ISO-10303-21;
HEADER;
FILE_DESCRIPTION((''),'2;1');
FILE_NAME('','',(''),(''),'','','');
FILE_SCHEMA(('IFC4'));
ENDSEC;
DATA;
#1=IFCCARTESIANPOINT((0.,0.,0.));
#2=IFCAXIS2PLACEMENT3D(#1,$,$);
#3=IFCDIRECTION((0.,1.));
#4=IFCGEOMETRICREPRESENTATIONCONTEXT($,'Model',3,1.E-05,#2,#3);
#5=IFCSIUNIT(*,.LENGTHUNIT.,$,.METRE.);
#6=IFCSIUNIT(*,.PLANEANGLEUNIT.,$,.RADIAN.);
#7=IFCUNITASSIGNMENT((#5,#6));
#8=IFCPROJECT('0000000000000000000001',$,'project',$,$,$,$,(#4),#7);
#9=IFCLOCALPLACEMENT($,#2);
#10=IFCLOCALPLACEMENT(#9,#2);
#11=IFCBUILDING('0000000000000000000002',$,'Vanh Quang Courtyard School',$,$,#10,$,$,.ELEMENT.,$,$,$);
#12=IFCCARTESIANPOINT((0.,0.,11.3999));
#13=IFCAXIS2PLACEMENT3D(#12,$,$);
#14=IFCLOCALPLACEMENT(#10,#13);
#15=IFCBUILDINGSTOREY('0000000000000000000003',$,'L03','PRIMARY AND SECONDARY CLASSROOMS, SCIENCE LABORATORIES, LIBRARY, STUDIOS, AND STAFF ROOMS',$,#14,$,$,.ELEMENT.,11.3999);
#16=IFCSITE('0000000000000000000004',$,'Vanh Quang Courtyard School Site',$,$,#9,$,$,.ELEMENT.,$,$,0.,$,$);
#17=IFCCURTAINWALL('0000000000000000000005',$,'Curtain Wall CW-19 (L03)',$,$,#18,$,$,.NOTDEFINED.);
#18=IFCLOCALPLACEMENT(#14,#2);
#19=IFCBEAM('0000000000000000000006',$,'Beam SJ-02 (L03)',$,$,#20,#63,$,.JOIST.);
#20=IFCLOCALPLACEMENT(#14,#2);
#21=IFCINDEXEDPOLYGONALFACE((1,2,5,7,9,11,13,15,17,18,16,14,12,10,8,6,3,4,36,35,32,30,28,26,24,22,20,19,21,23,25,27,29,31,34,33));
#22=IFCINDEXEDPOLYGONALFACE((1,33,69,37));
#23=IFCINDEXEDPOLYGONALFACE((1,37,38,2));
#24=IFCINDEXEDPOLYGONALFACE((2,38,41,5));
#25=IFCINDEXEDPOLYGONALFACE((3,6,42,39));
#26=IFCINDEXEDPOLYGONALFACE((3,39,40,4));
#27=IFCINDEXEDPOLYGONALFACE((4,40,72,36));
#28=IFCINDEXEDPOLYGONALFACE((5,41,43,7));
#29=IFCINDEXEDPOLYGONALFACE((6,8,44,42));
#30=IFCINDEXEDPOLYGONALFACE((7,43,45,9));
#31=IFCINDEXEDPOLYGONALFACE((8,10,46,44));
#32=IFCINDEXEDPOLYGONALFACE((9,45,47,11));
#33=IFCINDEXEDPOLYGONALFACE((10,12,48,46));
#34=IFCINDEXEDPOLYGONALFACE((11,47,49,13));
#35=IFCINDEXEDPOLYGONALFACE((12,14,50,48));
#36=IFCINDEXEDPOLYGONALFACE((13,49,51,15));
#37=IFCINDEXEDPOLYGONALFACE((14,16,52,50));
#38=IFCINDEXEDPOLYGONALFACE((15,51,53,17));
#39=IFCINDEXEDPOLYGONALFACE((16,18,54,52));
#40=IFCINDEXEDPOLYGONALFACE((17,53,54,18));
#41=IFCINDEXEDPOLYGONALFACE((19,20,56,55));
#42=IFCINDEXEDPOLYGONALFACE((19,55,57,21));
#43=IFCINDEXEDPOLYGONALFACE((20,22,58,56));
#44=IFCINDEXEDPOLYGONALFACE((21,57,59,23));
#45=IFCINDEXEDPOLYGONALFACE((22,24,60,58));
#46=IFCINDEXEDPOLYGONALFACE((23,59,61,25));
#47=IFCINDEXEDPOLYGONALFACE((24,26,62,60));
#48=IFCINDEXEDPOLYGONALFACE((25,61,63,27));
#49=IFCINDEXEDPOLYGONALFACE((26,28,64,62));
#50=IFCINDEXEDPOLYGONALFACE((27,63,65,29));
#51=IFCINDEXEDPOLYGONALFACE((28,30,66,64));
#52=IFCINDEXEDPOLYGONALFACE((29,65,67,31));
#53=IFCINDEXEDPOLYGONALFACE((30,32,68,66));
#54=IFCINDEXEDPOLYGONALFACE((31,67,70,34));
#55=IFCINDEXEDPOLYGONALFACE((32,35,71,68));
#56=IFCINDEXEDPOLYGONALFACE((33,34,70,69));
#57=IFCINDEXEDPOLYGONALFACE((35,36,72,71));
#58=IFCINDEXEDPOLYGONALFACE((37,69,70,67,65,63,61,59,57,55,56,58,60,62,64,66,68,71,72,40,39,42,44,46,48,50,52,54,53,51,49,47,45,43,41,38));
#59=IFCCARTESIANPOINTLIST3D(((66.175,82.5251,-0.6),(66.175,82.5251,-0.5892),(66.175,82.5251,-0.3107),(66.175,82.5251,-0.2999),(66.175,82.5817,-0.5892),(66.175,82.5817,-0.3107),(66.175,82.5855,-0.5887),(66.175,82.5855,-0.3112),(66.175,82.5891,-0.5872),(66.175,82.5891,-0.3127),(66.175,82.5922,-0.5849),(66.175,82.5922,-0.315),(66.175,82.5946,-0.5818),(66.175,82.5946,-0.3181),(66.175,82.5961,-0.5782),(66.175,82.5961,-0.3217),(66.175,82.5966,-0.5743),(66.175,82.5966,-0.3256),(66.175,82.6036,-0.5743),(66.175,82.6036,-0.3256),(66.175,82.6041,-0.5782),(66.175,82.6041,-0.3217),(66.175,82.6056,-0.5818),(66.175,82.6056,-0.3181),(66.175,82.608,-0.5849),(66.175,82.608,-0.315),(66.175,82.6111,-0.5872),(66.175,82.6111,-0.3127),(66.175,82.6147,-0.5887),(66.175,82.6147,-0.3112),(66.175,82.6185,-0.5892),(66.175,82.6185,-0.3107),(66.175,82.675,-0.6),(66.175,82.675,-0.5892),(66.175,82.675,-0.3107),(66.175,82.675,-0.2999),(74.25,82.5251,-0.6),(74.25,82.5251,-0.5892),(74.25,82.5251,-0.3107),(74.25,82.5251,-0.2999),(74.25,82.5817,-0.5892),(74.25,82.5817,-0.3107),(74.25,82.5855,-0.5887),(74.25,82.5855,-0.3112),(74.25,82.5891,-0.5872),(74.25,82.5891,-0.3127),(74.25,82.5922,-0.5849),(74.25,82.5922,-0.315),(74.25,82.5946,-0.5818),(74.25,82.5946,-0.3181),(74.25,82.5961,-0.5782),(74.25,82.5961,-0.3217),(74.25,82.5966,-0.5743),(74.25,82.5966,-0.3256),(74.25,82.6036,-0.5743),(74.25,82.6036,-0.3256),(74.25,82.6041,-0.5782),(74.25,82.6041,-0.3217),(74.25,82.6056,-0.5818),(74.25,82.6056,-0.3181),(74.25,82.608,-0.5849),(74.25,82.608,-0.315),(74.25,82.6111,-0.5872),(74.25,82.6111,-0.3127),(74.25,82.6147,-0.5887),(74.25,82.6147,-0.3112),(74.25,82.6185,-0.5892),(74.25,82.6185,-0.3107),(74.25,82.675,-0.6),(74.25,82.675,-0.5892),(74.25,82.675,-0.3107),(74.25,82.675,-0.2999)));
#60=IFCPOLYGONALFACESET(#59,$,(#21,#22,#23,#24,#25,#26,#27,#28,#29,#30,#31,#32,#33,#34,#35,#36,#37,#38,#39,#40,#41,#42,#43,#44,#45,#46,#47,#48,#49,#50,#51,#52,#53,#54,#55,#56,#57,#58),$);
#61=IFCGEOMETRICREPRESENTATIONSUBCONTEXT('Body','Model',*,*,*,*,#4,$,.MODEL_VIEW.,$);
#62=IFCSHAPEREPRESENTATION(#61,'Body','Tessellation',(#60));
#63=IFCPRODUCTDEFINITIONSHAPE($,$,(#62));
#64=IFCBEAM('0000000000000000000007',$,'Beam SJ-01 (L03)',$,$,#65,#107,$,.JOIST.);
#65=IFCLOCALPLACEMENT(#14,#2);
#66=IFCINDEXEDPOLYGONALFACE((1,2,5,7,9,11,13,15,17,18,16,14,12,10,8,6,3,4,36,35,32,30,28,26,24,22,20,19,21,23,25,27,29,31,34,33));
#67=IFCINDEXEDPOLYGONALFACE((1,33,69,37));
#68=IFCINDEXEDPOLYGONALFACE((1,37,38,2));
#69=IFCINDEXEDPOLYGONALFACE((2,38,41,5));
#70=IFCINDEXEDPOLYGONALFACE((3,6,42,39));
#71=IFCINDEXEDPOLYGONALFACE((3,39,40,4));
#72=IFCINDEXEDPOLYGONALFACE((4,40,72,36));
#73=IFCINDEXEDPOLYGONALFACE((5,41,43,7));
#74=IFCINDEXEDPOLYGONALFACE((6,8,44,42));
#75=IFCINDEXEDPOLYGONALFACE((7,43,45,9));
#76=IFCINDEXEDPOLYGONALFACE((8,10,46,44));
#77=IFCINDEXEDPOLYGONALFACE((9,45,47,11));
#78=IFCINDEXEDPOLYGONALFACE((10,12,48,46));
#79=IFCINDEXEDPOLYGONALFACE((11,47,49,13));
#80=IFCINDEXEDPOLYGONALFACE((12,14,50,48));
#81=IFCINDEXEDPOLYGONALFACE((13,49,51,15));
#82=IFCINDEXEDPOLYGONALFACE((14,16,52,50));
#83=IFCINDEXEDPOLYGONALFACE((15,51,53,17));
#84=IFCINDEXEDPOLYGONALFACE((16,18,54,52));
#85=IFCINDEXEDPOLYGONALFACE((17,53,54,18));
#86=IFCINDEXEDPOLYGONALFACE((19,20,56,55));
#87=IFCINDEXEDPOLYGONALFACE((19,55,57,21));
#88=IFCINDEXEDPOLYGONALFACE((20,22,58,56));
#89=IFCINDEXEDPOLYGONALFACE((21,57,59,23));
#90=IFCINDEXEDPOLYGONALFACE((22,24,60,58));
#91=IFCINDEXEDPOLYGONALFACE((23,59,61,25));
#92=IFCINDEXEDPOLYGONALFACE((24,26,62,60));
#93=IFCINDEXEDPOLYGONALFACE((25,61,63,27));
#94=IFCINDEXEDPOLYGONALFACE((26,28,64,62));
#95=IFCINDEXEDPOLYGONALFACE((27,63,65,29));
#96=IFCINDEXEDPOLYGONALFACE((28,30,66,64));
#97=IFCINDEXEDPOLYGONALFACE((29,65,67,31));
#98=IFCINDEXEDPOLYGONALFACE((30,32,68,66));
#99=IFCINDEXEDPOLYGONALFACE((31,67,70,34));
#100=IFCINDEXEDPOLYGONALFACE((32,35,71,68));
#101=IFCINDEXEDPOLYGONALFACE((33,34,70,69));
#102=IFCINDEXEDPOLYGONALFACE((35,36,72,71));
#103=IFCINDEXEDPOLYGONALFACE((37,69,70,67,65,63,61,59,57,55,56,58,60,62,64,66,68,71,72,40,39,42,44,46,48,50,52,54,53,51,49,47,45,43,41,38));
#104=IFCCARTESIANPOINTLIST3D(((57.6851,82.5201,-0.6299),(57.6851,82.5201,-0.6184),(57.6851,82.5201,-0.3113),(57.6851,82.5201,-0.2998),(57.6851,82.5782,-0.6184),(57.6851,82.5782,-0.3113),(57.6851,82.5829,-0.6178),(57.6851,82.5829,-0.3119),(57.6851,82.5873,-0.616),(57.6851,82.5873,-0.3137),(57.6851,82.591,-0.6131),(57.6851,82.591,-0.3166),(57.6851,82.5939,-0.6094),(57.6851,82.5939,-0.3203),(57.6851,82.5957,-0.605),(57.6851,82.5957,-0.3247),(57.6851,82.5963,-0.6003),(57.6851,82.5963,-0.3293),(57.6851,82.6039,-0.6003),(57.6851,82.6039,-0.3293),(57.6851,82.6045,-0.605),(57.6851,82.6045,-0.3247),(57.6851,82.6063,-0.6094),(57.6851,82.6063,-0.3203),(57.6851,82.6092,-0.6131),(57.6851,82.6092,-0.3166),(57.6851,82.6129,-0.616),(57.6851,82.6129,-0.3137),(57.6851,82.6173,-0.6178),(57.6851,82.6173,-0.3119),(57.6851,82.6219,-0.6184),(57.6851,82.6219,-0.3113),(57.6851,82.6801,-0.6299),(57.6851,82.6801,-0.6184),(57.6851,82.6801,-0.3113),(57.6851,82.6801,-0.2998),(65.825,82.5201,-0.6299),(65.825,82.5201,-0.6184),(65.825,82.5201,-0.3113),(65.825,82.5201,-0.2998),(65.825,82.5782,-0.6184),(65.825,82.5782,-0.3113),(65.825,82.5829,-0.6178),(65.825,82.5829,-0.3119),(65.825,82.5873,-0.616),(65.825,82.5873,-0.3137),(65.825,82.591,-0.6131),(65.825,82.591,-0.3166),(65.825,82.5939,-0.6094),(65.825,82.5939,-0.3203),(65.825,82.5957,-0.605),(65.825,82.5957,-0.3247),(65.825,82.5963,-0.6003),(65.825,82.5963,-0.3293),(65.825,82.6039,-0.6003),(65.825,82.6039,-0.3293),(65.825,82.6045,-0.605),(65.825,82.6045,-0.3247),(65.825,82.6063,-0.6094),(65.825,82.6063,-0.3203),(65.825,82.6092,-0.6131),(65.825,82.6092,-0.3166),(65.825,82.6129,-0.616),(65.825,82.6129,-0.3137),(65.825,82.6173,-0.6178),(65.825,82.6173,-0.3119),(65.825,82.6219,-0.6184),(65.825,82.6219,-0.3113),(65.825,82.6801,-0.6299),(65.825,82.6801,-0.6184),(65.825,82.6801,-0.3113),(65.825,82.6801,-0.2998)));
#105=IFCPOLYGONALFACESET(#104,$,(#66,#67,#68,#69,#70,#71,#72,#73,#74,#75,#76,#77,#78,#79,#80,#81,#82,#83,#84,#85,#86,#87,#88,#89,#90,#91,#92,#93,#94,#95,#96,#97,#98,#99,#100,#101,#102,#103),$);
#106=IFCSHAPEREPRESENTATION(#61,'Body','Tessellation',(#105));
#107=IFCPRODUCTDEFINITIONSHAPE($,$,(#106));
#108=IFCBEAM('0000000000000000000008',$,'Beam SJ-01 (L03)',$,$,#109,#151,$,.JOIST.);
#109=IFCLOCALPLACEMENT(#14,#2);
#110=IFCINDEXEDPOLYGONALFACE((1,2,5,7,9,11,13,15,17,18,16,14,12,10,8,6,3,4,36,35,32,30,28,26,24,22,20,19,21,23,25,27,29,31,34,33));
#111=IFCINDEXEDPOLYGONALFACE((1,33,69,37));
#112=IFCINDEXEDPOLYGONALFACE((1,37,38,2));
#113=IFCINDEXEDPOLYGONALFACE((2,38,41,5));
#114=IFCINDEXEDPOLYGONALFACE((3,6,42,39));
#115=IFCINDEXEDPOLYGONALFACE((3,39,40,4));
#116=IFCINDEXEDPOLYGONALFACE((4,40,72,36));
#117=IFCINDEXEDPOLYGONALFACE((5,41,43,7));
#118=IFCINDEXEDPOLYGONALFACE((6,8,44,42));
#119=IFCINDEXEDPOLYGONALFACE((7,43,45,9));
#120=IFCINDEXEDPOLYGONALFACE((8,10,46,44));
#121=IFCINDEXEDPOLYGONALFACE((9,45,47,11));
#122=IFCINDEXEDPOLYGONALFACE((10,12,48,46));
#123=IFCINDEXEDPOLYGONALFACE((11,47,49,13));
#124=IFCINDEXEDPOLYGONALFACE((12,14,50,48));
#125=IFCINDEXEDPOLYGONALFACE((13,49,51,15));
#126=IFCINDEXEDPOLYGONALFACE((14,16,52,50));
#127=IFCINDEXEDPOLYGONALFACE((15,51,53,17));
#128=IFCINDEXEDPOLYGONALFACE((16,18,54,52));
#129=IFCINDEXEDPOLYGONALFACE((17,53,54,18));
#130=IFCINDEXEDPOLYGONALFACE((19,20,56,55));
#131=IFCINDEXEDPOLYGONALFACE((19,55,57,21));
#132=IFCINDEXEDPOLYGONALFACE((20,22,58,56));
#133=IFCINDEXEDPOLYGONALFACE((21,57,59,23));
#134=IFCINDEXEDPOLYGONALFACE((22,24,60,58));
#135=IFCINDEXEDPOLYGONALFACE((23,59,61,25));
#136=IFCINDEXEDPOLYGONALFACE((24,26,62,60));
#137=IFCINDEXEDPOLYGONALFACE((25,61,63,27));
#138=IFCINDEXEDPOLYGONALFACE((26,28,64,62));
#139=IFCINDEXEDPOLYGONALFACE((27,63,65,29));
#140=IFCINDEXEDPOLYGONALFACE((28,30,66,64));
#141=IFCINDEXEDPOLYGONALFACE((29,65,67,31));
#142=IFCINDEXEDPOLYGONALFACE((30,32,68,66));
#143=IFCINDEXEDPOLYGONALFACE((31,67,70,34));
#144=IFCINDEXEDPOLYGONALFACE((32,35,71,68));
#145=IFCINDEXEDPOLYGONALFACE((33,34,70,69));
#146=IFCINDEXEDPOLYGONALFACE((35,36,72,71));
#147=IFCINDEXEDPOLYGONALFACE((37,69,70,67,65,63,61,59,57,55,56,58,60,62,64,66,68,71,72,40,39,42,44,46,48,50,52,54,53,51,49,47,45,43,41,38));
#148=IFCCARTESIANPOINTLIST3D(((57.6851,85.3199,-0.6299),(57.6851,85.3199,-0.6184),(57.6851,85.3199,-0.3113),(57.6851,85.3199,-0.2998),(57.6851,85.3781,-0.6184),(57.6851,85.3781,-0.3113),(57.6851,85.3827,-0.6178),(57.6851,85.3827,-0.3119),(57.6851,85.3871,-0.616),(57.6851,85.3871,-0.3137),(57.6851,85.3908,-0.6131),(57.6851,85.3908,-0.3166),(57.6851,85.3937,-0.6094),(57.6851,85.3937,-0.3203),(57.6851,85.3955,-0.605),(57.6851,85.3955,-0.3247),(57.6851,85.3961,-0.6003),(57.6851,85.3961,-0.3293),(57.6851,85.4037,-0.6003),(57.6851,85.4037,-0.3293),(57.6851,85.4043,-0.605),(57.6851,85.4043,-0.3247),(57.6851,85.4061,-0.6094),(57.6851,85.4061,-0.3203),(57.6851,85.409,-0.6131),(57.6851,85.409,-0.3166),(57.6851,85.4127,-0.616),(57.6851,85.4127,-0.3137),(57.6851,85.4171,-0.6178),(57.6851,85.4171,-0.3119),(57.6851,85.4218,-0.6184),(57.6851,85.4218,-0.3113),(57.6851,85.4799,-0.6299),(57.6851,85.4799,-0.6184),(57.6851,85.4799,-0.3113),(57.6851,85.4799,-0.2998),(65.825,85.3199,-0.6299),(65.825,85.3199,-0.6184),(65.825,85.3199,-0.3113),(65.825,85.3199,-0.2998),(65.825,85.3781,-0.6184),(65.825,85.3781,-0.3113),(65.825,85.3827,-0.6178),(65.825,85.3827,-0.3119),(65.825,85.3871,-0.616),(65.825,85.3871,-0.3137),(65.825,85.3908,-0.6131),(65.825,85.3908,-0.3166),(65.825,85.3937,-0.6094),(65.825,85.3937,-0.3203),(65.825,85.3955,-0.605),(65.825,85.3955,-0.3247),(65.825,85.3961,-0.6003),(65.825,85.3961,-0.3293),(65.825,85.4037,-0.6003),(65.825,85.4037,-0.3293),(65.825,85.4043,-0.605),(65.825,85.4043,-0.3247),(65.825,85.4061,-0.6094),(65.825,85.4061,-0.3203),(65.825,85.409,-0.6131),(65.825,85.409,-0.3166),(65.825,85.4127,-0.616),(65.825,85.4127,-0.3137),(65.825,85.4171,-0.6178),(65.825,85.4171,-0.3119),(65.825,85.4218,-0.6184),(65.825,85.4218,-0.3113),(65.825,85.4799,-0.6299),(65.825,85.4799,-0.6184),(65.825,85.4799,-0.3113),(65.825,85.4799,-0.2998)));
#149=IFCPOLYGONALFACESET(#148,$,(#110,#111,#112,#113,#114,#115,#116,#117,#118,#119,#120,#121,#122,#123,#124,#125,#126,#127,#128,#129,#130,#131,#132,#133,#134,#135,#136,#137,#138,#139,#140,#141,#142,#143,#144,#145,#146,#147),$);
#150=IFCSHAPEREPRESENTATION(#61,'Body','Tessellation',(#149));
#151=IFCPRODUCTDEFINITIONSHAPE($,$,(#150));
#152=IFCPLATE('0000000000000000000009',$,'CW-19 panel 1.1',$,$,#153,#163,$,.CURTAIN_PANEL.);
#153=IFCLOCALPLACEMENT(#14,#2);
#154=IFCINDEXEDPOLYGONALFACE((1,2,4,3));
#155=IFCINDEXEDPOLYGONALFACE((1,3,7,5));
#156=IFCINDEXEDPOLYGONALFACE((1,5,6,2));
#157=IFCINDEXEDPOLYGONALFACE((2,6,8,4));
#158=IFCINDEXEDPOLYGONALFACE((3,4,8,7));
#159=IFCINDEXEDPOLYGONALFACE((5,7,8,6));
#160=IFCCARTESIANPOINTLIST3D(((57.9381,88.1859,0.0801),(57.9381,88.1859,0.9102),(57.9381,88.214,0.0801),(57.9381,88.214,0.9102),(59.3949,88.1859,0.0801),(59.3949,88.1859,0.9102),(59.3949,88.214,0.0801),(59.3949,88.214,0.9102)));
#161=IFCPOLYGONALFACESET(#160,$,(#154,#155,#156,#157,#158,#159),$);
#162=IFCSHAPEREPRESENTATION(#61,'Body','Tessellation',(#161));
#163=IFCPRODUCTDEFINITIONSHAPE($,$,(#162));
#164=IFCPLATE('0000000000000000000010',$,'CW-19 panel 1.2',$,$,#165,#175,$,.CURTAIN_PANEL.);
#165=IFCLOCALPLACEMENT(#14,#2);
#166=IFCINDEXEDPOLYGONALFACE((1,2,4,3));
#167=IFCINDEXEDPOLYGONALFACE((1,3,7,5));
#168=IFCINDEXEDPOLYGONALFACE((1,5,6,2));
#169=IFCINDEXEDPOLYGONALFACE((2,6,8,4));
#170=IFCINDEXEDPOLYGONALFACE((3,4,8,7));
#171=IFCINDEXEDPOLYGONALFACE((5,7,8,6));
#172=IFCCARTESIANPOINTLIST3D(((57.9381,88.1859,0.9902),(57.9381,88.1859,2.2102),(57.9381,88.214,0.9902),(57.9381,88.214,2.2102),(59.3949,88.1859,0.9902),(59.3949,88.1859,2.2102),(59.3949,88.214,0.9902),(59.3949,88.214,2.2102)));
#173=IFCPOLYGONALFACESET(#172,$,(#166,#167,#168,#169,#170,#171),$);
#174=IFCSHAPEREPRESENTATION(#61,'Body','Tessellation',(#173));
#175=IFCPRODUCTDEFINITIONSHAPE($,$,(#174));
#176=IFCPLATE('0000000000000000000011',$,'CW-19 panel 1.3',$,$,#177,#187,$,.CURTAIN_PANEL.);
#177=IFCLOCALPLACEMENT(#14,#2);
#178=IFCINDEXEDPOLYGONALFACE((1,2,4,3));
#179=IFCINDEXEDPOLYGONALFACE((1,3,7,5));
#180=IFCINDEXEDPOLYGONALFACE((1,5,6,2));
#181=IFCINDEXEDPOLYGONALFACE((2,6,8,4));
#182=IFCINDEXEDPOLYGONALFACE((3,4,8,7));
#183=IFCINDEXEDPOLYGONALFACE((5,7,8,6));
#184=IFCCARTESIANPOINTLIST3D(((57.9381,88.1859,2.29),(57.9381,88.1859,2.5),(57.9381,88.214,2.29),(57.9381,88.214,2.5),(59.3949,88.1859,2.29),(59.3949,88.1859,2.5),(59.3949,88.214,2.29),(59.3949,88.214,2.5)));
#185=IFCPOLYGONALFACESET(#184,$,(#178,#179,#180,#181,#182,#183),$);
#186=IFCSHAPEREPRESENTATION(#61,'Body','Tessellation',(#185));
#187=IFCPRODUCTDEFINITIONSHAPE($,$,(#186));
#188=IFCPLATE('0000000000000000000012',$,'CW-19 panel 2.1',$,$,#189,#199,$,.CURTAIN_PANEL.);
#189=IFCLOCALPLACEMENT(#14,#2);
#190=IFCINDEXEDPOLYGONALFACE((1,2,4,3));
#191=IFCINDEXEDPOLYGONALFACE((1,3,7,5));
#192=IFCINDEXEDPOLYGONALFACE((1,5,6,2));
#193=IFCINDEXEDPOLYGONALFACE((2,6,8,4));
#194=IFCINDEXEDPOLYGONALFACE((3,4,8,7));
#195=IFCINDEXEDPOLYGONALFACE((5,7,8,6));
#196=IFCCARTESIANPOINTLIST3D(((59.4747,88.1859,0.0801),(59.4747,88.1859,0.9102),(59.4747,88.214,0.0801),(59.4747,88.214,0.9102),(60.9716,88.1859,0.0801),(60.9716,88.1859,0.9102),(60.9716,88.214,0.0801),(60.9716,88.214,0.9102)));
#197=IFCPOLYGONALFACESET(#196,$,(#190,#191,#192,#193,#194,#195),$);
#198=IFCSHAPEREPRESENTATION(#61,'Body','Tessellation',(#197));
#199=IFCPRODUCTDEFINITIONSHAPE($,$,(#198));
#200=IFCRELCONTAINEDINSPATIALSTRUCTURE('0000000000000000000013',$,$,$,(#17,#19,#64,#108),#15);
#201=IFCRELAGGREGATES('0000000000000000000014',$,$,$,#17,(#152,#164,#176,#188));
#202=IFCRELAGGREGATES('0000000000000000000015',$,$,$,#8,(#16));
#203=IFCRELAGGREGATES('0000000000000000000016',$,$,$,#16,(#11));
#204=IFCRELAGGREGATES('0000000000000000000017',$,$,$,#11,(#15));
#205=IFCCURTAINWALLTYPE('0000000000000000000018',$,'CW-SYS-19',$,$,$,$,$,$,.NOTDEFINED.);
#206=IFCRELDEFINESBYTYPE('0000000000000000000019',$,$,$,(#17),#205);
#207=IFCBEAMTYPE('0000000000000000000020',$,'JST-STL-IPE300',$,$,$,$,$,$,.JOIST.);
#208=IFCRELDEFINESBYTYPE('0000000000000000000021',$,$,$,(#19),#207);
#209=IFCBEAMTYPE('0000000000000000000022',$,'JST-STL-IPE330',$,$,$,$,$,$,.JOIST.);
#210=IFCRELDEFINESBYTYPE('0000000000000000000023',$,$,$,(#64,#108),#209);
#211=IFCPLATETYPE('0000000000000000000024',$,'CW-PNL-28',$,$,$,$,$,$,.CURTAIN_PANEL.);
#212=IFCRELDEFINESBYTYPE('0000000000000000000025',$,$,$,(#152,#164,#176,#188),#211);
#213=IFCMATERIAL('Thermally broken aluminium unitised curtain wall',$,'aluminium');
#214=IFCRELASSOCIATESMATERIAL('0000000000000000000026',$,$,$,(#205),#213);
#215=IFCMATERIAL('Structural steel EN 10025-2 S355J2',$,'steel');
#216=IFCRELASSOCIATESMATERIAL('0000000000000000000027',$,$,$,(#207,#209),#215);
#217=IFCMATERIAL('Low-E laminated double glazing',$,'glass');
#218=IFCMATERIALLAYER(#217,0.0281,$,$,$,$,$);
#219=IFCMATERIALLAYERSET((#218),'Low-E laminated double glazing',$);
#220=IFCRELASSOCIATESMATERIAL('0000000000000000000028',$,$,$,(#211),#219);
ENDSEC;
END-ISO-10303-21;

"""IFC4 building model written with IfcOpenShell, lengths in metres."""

from ifc_helpers import new_model, si_unit, direction, frame, origin, origin_2d, place, context, subcontext, project, spatial, rectangle, i_section, extrude, material, layer, layer_set, material_profile, profile_set, type_object, element, aggregate, save


model = new_model("IFC4")

# Units and contexts
model_context = context("Model", 3, precision=1e-05, world=origin(), true_north=direction((0.0, 1.0)))
body_context = subcontext(model_context, "Body", "Model", "MODEL_VIEW")
ifc_project = project(units=[si_unit("LENGTHUNIT", "METRE"), si_unit("PLANEANGLEUNIT", "RADIAN")], contexts=[model_context])

# Site, building, storey
site_placement = place(None, origin())
site = spatial("IfcSite", under=ifc_project, at=site_placement, Name="Vanh Quang Courtyard School Site", CompositionType="ELEMENT", RefElevation=0.0)
building_placement = place(site_placement, origin())
building = spatial("IfcBuilding", under=site, at=building_placement, Name="Vanh Quang Courtyard School", CompositionType="ELEMENT")
storey_placement = place(building_placement, frame((0.0, 0.0, 11.3999)))
storey = spatial("IfcBuildingStorey", under=building, at=storey_placement, Name="L03", Description="PRIMARY AND SECONDARY CLASSROOMS, SCIENCE LABORATORIES, LIBRARY, STUDIOS, AND STAFF ROOMS", CompositionType="ELEMENT", Elevation=11.3999)

# Shared definitions
ifc_material_1 = material(Name="Structural steel EN 10025-2 S355J2", Category="steel")

# Curtain wall
ifc_material_2 = material(Name="Thermally broken aluminium unitised curtain wall", Category="aluminium")
curtain_wall_type = type_object("IfcCurtainWallType", Name="CW-SYS-19", PredefinedType="NOTDEFINED", material=ifc_material_2)
curtain_wall_placement = place(storey_placement, origin())
curtain_wall = element("IfcCurtainWall", 1, at=curtain_wall_placement, inside=storey, type_object=curtain_wall_type, Name="Curtain Wall CW-19 (L03)", PredefinedType="NOTDEFINED")

# Beams
ifc_material_profile_1 = material_profile(ifc_material_1, i_section(OverallWidth=0.1499, OverallDepth=0.3, WebThickness=0.0071, FlangeThickness=0.0107, FilletRadius=0.0149, at=origin_2d()), Name="IPE 300")
ifc_profile_set_1 = profile_set([ifc_material_profile_1], Name="Structural steel EN 10025-2 S355J2")
beam_type_1 = type_object("IfcBeamType", Name="JST-STL-IPE300", PredefinedType="JOIST", material=ifc_profile_set_1)
beam_1_placement = place(storey_placement, frame((66.175, 82.6001, -0.45), z_axis=(1.0, 0.0, 0.0), x_axis=(0.0, 1.0, 0.0)))
element("IfcBeam", 2, at=beam_1_placement, inside=storey, type_object=beam_type_1, Name="Beam SJ-02 (L03)", PredefinedType="JOIST", context=body_context, shape_type="SweptSolid", body=[
    extrude(i_section(OverallWidth=0.1499, OverallDepth=0.3, WebThickness=0.0071, FlangeThickness=0.0107, FilletRadius=0.0149, at=origin_2d()), origin(), (0.0, 0.0, 1.0), 8.075),
])
ifc_material_profile_2 = material_profile(ifc_material_1, i_section(OverallWidth=0.1599, OverallDepth=0.3301, WebThickness=0.0076, FlangeThickness=0.0115, FilletRadius=0.0181, at=origin_2d()), Name="IPE 330")
ifc_profile_set_2 = profile_set([ifc_material_profile_2], Name="Structural steel EN 10025-2 S355J2")
beam_type_2 = type_object("IfcBeamType", Name="JST-STL-IPE330", PredefinedType="JOIST", material=ifc_profile_set_2)
for number, where, z_axis, x_axis, name in (
    (3, (57.6851, 82.6001, -0.4648), (1.0, 0.0, 0.0), (0.0, 1.0, 0.0), "Beam SJ-01 (L03)"),
    (4, (57.6851, 85.3999, -0.4648), (1.0, 0.0, 0.0), (0.0, 1.0, 0.0), "Beam SJ-01 (L03)"),
):
    element("IfcBeam", number, at=place(storey_placement, frame(where, z_axis=z_axis, x_axis=x_axis)), inside=storey, type_object=beam_type_2, Name=name, PredefinedType="JOIST", context=body_context, shape_type="SweptSolid", body=[
        extrude(i_section(OverallWidth=0.1599, OverallDepth=0.3301, WebThickness=0.0076, FlangeThickness=0.0115, FilletRadius=0.0181, at=origin_2d()), origin(), (0.0, 0.0, 1.0), 8.1399),
    ])

# Plates
ifc_material_3 = material(Name="Low-E laminated double glazing", Category="glass")
ifc_layer_1 = layer(ifc_material_3, 0.0281)
ifc_layer_set_1 = layer_set([ifc_layer_1], Name="Low-E laminated double glazing")
plate_type = type_object("IfcPlateType", Name="CW-PNL-28", PredefinedType="CURTAIN_PANEL", material=ifc_layer_set_1)
plate_1_placement = place(storey_placement, frame((58.6665, 88.2, 0.0801), z_axis=(0.0, 0.0, 1.0), x_axis=(1.0, 0.0, 0.0)))
plate_1 = element("IfcPlate", 5, at=plate_1_placement, type_object=plate_type, Name="CW-19 panel 1.1", PredefinedType="CURTAIN_PANEL", context=body_context, shape_type="SweptSolid", body=[
    extrude(rectangle(XDim=1.4568, YDim=0.0281, at=origin_2d()), origin(), (0.0, 0.0, 1.0), 0.8301),
])
plate_2_placement = place(storey_placement, frame((58.6665, 88.2, 0.9902), z_axis=(0.0, 0.0, 1.0), x_axis=(1.0, 0.0, 0.0)))
plate_2 = element("IfcPlate", 6, at=plate_2_placement, type_object=plate_type, Name="CW-19 panel 1.2", PredefinedType="CURTAIN_PANEL", context=body_context, shape_type="SweptSolid", body=[
    extrude(rectangle(XDim=1.4568, YDim=0.0281, at=origin_2d()), origin(), (0.0, 0.0, 1.0), 1.22),
])
plate_3_placement = place(storey_placement, frame((58.6665, 88.2, 2.29), z_axis=(0.0, 0.0, 1.0), x_axis=(1.0, 0.0, 0.0)))
plate_3 = element("IfcPlate", 7, at=plate_3_placement, type_object=plate_type, Name="CW-19 panel 1.3", PredefinedType="CURTAIN_PANEL", context=body_context, shape_type="SweptSolid", body=[
    extrude(rectangle(XDim=1.4568, YDim=0.0281, at=origin_2d()), origin(), (0.0, 0.0, 1.0), 0.21),
])
plate_4_placement = place(storey_placement, frame((60.2231, 88.2, 0.0801), z_axis=(0.0, 0.0, 1.0), x_axis=(1.0, 0.0, 0.0)))
plate_4 = element("IfcPlate", 8, at=plate_4_placement, type_object=plate_type, Name="CW-19 panel 2.1", PredefinedType="CURTAIN_PANEL", context=body_context, shape_type="SweptSolid", body=[
    extrude(rectangle(XDim=1.4968, YDim=0.0281, at=origin_2d()), origin(), (0.0, 0.0, 1.0), 0.8301),
])
aggregate(curtain_wall, [plate_1, plate_2, plate_3, plate_4])

save(model, "model.ifc")
